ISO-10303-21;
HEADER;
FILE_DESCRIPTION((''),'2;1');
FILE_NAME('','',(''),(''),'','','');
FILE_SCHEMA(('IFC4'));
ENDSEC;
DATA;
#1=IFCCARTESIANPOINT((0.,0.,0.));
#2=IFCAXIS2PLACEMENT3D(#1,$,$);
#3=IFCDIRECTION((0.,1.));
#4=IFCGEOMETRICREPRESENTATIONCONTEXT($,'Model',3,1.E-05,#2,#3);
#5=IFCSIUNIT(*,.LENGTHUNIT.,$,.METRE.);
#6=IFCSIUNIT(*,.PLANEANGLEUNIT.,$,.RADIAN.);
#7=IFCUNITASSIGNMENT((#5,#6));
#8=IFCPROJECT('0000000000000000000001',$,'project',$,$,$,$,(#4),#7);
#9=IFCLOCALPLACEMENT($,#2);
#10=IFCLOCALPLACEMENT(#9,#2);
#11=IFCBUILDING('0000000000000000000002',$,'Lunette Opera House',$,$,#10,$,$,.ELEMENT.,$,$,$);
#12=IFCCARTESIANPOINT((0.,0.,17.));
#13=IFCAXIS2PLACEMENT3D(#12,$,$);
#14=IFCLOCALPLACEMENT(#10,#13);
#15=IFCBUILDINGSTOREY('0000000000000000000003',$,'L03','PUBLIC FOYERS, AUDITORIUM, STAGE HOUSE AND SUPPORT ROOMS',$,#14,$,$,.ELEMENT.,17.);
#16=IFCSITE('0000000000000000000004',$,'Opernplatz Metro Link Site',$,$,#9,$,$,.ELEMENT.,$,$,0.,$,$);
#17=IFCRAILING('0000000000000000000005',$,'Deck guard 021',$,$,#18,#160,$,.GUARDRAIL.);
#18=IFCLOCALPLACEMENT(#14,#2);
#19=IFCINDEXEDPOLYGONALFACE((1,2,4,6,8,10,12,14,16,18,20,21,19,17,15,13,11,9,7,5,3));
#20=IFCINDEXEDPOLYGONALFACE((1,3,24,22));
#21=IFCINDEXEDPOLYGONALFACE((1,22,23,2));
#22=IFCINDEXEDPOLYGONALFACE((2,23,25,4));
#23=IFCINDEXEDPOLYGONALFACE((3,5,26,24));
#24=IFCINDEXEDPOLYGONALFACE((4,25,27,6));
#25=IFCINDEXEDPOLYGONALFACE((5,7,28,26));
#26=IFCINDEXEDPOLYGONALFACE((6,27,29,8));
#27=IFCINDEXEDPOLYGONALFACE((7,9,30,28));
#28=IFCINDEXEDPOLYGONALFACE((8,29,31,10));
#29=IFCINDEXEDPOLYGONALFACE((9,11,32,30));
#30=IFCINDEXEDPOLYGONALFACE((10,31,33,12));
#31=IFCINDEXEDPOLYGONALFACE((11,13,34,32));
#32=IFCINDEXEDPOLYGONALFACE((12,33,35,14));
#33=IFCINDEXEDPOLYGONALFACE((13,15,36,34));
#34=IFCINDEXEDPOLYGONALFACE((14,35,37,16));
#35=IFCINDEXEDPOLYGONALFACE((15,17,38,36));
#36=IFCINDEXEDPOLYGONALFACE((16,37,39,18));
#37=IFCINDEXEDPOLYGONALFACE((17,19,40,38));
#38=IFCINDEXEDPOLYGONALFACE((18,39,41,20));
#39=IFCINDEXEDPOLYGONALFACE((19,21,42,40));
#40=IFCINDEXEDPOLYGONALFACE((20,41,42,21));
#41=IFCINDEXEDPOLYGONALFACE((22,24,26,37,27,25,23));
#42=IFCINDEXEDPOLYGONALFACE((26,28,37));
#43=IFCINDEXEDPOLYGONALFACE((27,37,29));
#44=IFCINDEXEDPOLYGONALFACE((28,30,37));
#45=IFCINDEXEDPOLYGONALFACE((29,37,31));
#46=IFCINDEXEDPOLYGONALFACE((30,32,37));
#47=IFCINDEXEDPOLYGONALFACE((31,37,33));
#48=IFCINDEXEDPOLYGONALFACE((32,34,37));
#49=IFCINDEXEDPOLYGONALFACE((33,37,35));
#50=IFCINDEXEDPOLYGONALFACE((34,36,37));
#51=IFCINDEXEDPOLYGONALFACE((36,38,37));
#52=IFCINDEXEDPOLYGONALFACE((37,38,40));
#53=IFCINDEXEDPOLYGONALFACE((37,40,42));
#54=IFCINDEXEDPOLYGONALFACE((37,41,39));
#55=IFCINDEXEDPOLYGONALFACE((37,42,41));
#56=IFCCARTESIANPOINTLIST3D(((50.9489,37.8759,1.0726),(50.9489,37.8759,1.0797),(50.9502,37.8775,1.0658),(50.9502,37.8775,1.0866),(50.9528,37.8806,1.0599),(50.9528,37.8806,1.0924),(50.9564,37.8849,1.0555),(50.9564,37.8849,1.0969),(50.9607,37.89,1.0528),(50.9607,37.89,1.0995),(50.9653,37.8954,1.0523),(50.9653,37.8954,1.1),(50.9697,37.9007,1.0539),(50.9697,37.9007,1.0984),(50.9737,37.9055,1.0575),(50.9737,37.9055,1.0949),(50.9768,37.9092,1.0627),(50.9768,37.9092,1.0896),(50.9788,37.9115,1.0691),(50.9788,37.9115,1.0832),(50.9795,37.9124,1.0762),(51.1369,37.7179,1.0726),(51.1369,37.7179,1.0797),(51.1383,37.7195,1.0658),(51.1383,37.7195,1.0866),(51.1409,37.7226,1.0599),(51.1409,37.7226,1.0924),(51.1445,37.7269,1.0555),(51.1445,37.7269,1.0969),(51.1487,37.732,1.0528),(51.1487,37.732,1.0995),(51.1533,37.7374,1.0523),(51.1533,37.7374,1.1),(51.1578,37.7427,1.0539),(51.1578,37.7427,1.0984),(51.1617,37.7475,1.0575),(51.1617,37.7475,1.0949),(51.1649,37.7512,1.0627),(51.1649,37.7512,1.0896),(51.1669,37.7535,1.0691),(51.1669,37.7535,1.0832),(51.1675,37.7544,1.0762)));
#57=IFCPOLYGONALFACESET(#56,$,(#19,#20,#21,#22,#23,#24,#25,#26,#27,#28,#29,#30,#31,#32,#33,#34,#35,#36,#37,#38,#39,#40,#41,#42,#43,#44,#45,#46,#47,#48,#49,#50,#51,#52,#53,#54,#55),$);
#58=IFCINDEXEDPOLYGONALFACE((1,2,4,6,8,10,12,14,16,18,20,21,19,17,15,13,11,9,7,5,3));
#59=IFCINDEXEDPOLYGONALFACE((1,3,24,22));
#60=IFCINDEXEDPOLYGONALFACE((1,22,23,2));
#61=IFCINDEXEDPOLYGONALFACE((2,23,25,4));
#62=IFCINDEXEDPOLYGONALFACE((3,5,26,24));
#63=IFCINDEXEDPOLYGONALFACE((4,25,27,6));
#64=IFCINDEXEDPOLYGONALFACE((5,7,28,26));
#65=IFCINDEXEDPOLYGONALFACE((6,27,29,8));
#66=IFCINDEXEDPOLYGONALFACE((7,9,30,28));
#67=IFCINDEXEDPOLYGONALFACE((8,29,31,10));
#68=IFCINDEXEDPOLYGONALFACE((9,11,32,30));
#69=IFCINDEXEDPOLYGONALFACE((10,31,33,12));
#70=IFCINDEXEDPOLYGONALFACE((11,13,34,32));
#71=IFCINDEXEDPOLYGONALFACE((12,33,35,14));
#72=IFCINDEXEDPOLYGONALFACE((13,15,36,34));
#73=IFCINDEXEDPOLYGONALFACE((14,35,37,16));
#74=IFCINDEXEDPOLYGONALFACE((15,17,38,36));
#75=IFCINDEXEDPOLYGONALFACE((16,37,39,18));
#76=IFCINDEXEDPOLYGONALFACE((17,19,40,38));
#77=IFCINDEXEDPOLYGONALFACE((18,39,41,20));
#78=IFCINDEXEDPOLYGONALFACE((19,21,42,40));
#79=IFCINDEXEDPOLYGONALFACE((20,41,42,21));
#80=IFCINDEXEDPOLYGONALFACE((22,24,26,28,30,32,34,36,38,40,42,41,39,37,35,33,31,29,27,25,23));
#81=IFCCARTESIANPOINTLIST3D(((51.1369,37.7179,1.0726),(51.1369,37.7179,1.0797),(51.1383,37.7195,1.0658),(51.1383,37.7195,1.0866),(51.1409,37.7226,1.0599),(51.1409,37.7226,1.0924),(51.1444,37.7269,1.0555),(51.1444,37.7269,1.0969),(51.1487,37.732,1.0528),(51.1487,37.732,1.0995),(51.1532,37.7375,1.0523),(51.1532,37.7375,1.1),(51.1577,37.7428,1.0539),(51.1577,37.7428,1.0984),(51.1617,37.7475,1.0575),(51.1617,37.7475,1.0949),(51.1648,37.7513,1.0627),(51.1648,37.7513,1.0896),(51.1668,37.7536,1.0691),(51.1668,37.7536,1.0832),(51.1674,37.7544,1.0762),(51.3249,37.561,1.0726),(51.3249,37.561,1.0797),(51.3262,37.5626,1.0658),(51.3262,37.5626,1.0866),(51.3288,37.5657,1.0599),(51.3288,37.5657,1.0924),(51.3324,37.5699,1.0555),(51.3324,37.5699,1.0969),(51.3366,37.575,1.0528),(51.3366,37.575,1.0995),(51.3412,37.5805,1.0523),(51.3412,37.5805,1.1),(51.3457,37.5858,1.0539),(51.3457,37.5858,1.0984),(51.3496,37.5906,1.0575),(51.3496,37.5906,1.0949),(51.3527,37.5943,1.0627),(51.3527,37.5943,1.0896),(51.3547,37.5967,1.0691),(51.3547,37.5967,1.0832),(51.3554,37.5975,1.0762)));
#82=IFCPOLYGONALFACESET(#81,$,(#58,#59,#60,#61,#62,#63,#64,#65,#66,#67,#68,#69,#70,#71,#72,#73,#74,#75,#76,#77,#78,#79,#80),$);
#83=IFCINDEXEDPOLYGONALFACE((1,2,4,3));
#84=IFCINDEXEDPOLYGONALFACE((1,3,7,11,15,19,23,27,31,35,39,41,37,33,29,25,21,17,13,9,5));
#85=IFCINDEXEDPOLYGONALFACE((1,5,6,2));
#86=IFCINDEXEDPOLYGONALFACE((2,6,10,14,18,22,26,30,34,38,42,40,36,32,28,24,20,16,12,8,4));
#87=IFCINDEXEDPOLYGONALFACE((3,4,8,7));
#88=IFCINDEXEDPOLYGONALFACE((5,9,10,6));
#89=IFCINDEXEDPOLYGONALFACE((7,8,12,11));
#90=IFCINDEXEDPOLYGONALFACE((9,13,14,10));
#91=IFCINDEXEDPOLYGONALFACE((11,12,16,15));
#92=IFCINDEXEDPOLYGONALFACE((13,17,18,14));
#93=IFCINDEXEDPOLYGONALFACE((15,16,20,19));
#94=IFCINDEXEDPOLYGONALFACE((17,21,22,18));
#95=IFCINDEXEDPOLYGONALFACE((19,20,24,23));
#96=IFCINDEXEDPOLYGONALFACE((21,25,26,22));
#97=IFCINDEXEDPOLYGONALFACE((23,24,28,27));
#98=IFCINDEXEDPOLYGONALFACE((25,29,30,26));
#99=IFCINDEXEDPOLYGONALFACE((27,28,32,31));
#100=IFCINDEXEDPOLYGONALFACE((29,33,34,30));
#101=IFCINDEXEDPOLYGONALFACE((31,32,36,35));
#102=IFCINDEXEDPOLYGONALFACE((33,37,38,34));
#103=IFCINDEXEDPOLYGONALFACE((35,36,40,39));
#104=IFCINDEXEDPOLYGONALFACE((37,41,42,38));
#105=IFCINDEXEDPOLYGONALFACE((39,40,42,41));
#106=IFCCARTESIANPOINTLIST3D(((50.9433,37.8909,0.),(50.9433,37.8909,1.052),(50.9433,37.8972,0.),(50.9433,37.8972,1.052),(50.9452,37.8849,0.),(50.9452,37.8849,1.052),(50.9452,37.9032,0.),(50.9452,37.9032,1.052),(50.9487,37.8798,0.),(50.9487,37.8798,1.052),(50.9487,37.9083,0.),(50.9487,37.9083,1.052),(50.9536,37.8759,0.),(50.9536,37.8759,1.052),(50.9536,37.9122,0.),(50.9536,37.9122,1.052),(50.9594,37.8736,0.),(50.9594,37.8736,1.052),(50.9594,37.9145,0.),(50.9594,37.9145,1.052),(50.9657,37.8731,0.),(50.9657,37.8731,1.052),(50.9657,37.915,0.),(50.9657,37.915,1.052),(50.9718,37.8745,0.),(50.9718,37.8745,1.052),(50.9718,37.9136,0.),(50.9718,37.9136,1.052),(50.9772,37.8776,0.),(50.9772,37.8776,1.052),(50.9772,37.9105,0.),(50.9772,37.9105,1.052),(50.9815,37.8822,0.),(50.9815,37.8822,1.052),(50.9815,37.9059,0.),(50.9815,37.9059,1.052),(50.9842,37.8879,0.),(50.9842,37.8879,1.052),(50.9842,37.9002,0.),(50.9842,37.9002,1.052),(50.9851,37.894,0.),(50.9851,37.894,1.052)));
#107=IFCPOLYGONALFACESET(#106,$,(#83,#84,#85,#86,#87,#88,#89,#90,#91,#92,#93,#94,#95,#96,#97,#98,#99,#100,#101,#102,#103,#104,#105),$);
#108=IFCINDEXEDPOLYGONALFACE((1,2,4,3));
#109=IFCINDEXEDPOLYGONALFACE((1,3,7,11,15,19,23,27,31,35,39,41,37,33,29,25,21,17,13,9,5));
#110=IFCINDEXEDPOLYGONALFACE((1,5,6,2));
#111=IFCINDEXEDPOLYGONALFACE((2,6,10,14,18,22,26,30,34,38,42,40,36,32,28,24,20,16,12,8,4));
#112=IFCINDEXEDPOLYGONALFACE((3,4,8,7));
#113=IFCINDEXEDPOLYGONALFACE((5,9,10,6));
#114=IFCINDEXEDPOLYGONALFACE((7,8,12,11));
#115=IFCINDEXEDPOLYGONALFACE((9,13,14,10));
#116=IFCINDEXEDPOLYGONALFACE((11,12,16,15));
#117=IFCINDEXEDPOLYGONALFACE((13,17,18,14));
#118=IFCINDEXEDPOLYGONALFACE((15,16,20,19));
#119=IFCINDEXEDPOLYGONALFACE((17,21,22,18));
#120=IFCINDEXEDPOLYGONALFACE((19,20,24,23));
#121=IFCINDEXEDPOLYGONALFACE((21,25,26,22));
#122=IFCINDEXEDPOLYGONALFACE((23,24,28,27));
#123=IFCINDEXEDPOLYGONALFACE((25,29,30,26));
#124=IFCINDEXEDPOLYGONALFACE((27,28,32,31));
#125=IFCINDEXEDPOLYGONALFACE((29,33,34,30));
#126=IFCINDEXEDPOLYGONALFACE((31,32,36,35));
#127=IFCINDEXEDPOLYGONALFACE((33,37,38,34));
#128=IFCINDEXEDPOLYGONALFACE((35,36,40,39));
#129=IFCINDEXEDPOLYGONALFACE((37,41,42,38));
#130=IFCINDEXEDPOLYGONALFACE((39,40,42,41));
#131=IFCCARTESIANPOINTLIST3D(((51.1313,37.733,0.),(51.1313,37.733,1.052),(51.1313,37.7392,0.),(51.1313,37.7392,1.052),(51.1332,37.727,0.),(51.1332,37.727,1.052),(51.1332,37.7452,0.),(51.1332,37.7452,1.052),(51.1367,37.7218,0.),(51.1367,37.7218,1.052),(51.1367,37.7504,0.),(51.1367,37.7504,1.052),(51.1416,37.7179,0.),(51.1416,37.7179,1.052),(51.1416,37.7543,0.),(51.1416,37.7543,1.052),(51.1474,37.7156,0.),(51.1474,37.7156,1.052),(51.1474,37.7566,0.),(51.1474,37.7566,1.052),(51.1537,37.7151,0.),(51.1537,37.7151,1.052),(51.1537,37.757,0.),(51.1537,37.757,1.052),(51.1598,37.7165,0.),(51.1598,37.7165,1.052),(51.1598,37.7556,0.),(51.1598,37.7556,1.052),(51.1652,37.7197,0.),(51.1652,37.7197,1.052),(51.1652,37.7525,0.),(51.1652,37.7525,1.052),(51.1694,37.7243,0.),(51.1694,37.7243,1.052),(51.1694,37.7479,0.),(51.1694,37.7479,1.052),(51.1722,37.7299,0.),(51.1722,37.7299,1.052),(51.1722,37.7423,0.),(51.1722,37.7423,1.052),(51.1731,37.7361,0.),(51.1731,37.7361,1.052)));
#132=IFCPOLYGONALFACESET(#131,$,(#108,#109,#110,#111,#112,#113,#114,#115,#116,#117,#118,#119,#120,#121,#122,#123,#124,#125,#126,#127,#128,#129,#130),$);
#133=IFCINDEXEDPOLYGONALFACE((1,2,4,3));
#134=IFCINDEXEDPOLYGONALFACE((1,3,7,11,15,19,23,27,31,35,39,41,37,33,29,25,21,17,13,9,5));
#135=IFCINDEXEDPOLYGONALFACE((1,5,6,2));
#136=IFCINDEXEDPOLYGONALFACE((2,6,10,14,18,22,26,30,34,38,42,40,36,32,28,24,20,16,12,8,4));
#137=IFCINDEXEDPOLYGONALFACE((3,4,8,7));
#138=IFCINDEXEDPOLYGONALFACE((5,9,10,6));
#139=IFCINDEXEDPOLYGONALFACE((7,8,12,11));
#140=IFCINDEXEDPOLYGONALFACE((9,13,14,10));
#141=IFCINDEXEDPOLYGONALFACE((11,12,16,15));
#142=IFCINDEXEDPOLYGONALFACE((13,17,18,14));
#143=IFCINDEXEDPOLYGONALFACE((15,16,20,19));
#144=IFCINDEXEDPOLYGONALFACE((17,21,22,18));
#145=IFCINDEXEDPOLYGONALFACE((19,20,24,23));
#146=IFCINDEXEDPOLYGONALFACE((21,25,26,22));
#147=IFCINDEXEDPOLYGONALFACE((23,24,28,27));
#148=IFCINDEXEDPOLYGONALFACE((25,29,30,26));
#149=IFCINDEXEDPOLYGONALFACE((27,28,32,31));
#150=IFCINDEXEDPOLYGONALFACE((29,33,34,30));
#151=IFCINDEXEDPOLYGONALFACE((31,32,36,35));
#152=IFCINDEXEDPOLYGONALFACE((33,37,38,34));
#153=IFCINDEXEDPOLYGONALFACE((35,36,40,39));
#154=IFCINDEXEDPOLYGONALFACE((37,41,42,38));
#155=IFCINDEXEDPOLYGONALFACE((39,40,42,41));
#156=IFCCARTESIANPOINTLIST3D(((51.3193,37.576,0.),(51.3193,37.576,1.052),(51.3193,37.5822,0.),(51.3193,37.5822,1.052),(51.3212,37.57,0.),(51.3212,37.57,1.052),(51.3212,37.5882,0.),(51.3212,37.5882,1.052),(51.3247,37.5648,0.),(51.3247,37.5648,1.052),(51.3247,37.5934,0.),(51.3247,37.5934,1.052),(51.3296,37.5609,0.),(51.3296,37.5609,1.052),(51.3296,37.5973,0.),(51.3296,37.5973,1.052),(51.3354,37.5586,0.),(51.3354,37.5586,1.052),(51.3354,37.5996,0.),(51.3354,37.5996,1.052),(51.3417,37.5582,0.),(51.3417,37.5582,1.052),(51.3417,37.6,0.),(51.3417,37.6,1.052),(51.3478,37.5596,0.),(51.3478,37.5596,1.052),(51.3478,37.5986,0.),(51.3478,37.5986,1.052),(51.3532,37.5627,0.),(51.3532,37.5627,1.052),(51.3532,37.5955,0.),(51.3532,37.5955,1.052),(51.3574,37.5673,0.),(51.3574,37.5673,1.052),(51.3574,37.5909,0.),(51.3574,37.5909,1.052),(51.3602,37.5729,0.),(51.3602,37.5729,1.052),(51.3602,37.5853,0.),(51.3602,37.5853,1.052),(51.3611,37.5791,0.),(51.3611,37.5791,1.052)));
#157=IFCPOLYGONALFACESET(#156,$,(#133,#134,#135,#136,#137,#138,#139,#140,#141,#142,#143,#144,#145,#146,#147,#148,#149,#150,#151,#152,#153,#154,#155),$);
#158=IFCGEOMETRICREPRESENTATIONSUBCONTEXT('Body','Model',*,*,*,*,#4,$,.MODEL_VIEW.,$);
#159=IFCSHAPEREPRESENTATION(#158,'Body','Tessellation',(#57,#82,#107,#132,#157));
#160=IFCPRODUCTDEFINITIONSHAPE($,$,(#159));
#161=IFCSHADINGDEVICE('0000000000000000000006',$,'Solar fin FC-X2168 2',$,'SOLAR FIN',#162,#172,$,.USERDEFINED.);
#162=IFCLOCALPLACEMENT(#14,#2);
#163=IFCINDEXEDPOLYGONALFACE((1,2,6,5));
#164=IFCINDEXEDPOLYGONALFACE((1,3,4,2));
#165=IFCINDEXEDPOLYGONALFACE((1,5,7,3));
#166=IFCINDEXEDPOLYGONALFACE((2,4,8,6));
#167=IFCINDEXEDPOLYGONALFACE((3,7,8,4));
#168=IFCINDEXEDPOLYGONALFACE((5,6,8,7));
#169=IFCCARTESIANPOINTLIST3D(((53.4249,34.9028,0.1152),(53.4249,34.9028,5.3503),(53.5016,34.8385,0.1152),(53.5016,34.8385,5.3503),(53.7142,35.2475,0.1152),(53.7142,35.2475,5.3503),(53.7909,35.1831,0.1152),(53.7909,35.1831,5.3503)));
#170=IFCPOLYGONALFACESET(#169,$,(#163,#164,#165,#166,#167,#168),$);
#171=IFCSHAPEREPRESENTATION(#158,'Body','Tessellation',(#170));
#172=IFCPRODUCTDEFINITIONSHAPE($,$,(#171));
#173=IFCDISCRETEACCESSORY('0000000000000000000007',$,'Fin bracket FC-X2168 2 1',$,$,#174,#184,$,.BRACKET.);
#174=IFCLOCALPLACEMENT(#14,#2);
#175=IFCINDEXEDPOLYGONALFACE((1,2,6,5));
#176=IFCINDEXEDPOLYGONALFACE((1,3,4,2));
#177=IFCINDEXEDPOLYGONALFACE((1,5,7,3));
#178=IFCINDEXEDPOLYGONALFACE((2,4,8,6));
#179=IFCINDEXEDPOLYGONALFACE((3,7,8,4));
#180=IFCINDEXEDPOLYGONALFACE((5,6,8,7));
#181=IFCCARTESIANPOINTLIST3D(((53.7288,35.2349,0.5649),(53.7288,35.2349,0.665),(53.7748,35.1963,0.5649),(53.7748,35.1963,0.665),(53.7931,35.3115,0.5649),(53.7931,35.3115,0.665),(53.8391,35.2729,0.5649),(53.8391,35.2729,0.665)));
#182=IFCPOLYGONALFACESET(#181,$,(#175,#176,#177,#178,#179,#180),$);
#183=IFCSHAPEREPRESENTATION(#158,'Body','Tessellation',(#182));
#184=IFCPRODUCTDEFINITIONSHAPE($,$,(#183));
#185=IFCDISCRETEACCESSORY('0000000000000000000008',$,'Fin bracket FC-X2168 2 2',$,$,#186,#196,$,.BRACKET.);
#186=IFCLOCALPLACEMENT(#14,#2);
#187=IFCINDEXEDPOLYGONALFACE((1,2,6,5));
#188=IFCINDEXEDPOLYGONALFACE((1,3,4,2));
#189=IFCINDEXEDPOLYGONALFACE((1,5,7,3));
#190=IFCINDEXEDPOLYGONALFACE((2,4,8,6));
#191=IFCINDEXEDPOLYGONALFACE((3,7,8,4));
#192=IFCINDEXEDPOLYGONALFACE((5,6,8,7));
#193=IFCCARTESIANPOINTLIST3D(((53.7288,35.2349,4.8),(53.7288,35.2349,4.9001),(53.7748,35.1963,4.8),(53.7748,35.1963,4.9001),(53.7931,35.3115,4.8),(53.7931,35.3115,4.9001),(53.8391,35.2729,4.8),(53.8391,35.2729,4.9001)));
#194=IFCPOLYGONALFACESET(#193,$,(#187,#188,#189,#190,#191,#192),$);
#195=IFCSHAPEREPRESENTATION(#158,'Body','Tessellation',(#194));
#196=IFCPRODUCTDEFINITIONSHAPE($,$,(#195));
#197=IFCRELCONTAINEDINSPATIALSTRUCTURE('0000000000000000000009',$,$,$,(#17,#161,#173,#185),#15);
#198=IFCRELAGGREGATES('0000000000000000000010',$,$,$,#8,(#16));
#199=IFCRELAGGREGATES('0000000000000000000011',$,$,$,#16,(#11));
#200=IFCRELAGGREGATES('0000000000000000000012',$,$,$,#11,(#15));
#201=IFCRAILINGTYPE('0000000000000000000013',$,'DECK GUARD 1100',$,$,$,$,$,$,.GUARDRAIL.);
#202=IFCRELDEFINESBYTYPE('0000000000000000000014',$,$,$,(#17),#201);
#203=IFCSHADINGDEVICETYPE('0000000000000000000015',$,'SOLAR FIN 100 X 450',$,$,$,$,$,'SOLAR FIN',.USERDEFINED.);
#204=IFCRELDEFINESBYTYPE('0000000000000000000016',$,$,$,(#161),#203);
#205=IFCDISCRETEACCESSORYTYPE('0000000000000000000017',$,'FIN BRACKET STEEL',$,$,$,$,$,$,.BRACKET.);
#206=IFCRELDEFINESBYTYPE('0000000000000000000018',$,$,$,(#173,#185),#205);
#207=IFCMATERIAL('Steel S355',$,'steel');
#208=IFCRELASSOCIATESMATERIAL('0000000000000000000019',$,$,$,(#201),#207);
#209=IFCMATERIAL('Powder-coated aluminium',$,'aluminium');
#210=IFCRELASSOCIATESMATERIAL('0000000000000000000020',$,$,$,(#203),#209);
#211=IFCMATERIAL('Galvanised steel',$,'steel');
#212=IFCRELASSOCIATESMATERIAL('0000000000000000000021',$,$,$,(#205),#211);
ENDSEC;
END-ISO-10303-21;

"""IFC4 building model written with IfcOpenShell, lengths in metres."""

from ifc_helpers import new_model, si_unit, direction, frame, origin, origin_2d, place, context, subcontext, project, spatial, rectangle, circle, extrude, material, type_object, element, save


model = new_model("IFC4")

# Units and contexts
model_context = context("Model", 3, precision=1e-05, world=origin(), true_north=direction((0.0, 1.0)))
body_context = subcontext(model_context, "Body", "Model", "MODEL_VIEW")
ifc_project = project(units=[si_unit("LENGTHUNIT", "METRE"), si_unit("PLANEANGLEUNIT", "RADIAN")], contexts=[model_context])

# Site, building, storey
site_placement = place(None, origin())
site = spatial("IfcSite", under=ifc_project, at=site_placement, Name="Opernplatz Metro Link Site", CompositionType="ELEMENT", RefElevation=0.0)
building_placement = place(site_placement, origin())
building = spatial("IfcBuilding", under=site, at=building_placement, Name="Lunette Opera House", CompositionType="ELEMENT")
storey_placement = place(building_placement, frame((0.0, 0.0, 17.0)))
storey = spatial("IfcBuildingStorey", under=building, at=storey_placement, Name="L03", Description="PUBLIC FOYERS, AUDITORIUM, STAGE HOUSE AND SUPPORT ROOMS", CompositionType="ELEMENT", Elevation=17.0)

# Railing
ifc_material_1 = material(Name="Steel S355", Category="steel")
railing_type = type_object("IfcRailingType", Name="DECK GUARD 1100", PredefinedType="GUARDRAIL", material=ifc_material_1)
railing_placement = place(storey_placement, frame((50.9641, 37.894, 0.0)))
element("IfcRailing", 1, at=railing_placement, inside=storey, type_object=railing_type, Name="Deck guard 021", PredefinedType="GUARDRAIL", context=body_context, shape_type="SweptSolid", body=[
    extrude(circle(Radius=0.0239, at=origin_2d()), frame((0.0, 0.0, 1.0762), z_axis=(0.765607, -0.643309, 0.0), x_axis=(0.643309, 0.765607, 0.0)), (0.0, 0.0, 1.0), 0.2456),
    extrude(circle(Radius=0.0239, at=origin_2d()), frame((0.188, -0.158, 1.0762), z_axis=(0.767567, -0.640968, 0.0), x_axis=(0.640968, 0.767567, 0.0)), (0.0, 0.0, 1.0), 0.2449),
    extrude(circle(Radius=0.021, at=origin_2d()), origin(), (0.0, 0.0, 1.0), 1.052),
    extrude(circle(Radius=0.021, at=origin_2d()), frame((0.188, -0.158, 0.0)), (0.0, 0.0, 1.0), 1.052),
    extrude(circle(Radius=0.021, at=origin_2d()), frame((0.376, -0.3149, 0.0)), (0.0, 0.0, 1.0), 1.052),
])

# Shading device
ifc_material_2 = material(Name="Powder-coated aluminium", Category="aluminium")
shading_device_type = type_object("IfcShadingDeviceType", Name="SOLAR FIN 100 X 450", ElementType="SOLAR FIN", PredefinedType="USERDEFINED", material=ifc_material_2)
shading_device_placement = place(storey_placement, frame((53.6079, 35.043, 0.1152), z_axis=(0.0, 0.0, 1.0), x_axis=(-0.64284, -0.766001, 0.0)))
element("IfcShadingDevice", 2, at=shading_device_placement, inside=storey, type_object=shading_device_type, Name="Solar fin FC-X2168 2", ObjectType="SOLAR FIN", PredefinedType="USERDEFINED", context=body_context, shape_type="SweptSolid", body=[
    extrude(rectangle(XDim=0.45, YDim=0.1001, at=origin_2d()), origin(), (0.0, 0.0, 1.0), 5.2351),
])

# Discrete accessories
ifc_material_3 = material(Name="Galvanised steel", Category="steel")
discrete_accessory_type = type_object("IfcDiscreteAccessoryType", Name="FIN BRACKET STEEL", PredefinedType="BRACKET", material=ifc_material_3)
for number, where, z_axis, x_axis, name in (
    (3, (53.7839, 35.2539, 0.5649), (0.0, 0.0, 1.0), (-0.64284, -0.766001, 0.0), "Fin bracket FC-X2168 2 1"),
    (4, (53.7839, 35.2539, 4.8), (0.0, 0.0, 1.0), (-0.64284, -0.766001, 0.0), "Fin bracket FC-X2168 2 2"),
):
    element("IfcDiscreteAccessory", number, at=place(storey_placement, frame(where, z_axis=z_axis, x_axis=x_axis)), inside=storey, type_object=discrete_accessory_type, Name=name, PredefinedType="BRACKET", context=body_context, shape_type="SweptSolid", body=[
        extrude(rectangle(XDim=0.1001, YDim=0.0601, at=origin_2d()), origin(), (0.0, 0.0, 1.0), 0.1001),
    ])

save(model, "model.ifc")
